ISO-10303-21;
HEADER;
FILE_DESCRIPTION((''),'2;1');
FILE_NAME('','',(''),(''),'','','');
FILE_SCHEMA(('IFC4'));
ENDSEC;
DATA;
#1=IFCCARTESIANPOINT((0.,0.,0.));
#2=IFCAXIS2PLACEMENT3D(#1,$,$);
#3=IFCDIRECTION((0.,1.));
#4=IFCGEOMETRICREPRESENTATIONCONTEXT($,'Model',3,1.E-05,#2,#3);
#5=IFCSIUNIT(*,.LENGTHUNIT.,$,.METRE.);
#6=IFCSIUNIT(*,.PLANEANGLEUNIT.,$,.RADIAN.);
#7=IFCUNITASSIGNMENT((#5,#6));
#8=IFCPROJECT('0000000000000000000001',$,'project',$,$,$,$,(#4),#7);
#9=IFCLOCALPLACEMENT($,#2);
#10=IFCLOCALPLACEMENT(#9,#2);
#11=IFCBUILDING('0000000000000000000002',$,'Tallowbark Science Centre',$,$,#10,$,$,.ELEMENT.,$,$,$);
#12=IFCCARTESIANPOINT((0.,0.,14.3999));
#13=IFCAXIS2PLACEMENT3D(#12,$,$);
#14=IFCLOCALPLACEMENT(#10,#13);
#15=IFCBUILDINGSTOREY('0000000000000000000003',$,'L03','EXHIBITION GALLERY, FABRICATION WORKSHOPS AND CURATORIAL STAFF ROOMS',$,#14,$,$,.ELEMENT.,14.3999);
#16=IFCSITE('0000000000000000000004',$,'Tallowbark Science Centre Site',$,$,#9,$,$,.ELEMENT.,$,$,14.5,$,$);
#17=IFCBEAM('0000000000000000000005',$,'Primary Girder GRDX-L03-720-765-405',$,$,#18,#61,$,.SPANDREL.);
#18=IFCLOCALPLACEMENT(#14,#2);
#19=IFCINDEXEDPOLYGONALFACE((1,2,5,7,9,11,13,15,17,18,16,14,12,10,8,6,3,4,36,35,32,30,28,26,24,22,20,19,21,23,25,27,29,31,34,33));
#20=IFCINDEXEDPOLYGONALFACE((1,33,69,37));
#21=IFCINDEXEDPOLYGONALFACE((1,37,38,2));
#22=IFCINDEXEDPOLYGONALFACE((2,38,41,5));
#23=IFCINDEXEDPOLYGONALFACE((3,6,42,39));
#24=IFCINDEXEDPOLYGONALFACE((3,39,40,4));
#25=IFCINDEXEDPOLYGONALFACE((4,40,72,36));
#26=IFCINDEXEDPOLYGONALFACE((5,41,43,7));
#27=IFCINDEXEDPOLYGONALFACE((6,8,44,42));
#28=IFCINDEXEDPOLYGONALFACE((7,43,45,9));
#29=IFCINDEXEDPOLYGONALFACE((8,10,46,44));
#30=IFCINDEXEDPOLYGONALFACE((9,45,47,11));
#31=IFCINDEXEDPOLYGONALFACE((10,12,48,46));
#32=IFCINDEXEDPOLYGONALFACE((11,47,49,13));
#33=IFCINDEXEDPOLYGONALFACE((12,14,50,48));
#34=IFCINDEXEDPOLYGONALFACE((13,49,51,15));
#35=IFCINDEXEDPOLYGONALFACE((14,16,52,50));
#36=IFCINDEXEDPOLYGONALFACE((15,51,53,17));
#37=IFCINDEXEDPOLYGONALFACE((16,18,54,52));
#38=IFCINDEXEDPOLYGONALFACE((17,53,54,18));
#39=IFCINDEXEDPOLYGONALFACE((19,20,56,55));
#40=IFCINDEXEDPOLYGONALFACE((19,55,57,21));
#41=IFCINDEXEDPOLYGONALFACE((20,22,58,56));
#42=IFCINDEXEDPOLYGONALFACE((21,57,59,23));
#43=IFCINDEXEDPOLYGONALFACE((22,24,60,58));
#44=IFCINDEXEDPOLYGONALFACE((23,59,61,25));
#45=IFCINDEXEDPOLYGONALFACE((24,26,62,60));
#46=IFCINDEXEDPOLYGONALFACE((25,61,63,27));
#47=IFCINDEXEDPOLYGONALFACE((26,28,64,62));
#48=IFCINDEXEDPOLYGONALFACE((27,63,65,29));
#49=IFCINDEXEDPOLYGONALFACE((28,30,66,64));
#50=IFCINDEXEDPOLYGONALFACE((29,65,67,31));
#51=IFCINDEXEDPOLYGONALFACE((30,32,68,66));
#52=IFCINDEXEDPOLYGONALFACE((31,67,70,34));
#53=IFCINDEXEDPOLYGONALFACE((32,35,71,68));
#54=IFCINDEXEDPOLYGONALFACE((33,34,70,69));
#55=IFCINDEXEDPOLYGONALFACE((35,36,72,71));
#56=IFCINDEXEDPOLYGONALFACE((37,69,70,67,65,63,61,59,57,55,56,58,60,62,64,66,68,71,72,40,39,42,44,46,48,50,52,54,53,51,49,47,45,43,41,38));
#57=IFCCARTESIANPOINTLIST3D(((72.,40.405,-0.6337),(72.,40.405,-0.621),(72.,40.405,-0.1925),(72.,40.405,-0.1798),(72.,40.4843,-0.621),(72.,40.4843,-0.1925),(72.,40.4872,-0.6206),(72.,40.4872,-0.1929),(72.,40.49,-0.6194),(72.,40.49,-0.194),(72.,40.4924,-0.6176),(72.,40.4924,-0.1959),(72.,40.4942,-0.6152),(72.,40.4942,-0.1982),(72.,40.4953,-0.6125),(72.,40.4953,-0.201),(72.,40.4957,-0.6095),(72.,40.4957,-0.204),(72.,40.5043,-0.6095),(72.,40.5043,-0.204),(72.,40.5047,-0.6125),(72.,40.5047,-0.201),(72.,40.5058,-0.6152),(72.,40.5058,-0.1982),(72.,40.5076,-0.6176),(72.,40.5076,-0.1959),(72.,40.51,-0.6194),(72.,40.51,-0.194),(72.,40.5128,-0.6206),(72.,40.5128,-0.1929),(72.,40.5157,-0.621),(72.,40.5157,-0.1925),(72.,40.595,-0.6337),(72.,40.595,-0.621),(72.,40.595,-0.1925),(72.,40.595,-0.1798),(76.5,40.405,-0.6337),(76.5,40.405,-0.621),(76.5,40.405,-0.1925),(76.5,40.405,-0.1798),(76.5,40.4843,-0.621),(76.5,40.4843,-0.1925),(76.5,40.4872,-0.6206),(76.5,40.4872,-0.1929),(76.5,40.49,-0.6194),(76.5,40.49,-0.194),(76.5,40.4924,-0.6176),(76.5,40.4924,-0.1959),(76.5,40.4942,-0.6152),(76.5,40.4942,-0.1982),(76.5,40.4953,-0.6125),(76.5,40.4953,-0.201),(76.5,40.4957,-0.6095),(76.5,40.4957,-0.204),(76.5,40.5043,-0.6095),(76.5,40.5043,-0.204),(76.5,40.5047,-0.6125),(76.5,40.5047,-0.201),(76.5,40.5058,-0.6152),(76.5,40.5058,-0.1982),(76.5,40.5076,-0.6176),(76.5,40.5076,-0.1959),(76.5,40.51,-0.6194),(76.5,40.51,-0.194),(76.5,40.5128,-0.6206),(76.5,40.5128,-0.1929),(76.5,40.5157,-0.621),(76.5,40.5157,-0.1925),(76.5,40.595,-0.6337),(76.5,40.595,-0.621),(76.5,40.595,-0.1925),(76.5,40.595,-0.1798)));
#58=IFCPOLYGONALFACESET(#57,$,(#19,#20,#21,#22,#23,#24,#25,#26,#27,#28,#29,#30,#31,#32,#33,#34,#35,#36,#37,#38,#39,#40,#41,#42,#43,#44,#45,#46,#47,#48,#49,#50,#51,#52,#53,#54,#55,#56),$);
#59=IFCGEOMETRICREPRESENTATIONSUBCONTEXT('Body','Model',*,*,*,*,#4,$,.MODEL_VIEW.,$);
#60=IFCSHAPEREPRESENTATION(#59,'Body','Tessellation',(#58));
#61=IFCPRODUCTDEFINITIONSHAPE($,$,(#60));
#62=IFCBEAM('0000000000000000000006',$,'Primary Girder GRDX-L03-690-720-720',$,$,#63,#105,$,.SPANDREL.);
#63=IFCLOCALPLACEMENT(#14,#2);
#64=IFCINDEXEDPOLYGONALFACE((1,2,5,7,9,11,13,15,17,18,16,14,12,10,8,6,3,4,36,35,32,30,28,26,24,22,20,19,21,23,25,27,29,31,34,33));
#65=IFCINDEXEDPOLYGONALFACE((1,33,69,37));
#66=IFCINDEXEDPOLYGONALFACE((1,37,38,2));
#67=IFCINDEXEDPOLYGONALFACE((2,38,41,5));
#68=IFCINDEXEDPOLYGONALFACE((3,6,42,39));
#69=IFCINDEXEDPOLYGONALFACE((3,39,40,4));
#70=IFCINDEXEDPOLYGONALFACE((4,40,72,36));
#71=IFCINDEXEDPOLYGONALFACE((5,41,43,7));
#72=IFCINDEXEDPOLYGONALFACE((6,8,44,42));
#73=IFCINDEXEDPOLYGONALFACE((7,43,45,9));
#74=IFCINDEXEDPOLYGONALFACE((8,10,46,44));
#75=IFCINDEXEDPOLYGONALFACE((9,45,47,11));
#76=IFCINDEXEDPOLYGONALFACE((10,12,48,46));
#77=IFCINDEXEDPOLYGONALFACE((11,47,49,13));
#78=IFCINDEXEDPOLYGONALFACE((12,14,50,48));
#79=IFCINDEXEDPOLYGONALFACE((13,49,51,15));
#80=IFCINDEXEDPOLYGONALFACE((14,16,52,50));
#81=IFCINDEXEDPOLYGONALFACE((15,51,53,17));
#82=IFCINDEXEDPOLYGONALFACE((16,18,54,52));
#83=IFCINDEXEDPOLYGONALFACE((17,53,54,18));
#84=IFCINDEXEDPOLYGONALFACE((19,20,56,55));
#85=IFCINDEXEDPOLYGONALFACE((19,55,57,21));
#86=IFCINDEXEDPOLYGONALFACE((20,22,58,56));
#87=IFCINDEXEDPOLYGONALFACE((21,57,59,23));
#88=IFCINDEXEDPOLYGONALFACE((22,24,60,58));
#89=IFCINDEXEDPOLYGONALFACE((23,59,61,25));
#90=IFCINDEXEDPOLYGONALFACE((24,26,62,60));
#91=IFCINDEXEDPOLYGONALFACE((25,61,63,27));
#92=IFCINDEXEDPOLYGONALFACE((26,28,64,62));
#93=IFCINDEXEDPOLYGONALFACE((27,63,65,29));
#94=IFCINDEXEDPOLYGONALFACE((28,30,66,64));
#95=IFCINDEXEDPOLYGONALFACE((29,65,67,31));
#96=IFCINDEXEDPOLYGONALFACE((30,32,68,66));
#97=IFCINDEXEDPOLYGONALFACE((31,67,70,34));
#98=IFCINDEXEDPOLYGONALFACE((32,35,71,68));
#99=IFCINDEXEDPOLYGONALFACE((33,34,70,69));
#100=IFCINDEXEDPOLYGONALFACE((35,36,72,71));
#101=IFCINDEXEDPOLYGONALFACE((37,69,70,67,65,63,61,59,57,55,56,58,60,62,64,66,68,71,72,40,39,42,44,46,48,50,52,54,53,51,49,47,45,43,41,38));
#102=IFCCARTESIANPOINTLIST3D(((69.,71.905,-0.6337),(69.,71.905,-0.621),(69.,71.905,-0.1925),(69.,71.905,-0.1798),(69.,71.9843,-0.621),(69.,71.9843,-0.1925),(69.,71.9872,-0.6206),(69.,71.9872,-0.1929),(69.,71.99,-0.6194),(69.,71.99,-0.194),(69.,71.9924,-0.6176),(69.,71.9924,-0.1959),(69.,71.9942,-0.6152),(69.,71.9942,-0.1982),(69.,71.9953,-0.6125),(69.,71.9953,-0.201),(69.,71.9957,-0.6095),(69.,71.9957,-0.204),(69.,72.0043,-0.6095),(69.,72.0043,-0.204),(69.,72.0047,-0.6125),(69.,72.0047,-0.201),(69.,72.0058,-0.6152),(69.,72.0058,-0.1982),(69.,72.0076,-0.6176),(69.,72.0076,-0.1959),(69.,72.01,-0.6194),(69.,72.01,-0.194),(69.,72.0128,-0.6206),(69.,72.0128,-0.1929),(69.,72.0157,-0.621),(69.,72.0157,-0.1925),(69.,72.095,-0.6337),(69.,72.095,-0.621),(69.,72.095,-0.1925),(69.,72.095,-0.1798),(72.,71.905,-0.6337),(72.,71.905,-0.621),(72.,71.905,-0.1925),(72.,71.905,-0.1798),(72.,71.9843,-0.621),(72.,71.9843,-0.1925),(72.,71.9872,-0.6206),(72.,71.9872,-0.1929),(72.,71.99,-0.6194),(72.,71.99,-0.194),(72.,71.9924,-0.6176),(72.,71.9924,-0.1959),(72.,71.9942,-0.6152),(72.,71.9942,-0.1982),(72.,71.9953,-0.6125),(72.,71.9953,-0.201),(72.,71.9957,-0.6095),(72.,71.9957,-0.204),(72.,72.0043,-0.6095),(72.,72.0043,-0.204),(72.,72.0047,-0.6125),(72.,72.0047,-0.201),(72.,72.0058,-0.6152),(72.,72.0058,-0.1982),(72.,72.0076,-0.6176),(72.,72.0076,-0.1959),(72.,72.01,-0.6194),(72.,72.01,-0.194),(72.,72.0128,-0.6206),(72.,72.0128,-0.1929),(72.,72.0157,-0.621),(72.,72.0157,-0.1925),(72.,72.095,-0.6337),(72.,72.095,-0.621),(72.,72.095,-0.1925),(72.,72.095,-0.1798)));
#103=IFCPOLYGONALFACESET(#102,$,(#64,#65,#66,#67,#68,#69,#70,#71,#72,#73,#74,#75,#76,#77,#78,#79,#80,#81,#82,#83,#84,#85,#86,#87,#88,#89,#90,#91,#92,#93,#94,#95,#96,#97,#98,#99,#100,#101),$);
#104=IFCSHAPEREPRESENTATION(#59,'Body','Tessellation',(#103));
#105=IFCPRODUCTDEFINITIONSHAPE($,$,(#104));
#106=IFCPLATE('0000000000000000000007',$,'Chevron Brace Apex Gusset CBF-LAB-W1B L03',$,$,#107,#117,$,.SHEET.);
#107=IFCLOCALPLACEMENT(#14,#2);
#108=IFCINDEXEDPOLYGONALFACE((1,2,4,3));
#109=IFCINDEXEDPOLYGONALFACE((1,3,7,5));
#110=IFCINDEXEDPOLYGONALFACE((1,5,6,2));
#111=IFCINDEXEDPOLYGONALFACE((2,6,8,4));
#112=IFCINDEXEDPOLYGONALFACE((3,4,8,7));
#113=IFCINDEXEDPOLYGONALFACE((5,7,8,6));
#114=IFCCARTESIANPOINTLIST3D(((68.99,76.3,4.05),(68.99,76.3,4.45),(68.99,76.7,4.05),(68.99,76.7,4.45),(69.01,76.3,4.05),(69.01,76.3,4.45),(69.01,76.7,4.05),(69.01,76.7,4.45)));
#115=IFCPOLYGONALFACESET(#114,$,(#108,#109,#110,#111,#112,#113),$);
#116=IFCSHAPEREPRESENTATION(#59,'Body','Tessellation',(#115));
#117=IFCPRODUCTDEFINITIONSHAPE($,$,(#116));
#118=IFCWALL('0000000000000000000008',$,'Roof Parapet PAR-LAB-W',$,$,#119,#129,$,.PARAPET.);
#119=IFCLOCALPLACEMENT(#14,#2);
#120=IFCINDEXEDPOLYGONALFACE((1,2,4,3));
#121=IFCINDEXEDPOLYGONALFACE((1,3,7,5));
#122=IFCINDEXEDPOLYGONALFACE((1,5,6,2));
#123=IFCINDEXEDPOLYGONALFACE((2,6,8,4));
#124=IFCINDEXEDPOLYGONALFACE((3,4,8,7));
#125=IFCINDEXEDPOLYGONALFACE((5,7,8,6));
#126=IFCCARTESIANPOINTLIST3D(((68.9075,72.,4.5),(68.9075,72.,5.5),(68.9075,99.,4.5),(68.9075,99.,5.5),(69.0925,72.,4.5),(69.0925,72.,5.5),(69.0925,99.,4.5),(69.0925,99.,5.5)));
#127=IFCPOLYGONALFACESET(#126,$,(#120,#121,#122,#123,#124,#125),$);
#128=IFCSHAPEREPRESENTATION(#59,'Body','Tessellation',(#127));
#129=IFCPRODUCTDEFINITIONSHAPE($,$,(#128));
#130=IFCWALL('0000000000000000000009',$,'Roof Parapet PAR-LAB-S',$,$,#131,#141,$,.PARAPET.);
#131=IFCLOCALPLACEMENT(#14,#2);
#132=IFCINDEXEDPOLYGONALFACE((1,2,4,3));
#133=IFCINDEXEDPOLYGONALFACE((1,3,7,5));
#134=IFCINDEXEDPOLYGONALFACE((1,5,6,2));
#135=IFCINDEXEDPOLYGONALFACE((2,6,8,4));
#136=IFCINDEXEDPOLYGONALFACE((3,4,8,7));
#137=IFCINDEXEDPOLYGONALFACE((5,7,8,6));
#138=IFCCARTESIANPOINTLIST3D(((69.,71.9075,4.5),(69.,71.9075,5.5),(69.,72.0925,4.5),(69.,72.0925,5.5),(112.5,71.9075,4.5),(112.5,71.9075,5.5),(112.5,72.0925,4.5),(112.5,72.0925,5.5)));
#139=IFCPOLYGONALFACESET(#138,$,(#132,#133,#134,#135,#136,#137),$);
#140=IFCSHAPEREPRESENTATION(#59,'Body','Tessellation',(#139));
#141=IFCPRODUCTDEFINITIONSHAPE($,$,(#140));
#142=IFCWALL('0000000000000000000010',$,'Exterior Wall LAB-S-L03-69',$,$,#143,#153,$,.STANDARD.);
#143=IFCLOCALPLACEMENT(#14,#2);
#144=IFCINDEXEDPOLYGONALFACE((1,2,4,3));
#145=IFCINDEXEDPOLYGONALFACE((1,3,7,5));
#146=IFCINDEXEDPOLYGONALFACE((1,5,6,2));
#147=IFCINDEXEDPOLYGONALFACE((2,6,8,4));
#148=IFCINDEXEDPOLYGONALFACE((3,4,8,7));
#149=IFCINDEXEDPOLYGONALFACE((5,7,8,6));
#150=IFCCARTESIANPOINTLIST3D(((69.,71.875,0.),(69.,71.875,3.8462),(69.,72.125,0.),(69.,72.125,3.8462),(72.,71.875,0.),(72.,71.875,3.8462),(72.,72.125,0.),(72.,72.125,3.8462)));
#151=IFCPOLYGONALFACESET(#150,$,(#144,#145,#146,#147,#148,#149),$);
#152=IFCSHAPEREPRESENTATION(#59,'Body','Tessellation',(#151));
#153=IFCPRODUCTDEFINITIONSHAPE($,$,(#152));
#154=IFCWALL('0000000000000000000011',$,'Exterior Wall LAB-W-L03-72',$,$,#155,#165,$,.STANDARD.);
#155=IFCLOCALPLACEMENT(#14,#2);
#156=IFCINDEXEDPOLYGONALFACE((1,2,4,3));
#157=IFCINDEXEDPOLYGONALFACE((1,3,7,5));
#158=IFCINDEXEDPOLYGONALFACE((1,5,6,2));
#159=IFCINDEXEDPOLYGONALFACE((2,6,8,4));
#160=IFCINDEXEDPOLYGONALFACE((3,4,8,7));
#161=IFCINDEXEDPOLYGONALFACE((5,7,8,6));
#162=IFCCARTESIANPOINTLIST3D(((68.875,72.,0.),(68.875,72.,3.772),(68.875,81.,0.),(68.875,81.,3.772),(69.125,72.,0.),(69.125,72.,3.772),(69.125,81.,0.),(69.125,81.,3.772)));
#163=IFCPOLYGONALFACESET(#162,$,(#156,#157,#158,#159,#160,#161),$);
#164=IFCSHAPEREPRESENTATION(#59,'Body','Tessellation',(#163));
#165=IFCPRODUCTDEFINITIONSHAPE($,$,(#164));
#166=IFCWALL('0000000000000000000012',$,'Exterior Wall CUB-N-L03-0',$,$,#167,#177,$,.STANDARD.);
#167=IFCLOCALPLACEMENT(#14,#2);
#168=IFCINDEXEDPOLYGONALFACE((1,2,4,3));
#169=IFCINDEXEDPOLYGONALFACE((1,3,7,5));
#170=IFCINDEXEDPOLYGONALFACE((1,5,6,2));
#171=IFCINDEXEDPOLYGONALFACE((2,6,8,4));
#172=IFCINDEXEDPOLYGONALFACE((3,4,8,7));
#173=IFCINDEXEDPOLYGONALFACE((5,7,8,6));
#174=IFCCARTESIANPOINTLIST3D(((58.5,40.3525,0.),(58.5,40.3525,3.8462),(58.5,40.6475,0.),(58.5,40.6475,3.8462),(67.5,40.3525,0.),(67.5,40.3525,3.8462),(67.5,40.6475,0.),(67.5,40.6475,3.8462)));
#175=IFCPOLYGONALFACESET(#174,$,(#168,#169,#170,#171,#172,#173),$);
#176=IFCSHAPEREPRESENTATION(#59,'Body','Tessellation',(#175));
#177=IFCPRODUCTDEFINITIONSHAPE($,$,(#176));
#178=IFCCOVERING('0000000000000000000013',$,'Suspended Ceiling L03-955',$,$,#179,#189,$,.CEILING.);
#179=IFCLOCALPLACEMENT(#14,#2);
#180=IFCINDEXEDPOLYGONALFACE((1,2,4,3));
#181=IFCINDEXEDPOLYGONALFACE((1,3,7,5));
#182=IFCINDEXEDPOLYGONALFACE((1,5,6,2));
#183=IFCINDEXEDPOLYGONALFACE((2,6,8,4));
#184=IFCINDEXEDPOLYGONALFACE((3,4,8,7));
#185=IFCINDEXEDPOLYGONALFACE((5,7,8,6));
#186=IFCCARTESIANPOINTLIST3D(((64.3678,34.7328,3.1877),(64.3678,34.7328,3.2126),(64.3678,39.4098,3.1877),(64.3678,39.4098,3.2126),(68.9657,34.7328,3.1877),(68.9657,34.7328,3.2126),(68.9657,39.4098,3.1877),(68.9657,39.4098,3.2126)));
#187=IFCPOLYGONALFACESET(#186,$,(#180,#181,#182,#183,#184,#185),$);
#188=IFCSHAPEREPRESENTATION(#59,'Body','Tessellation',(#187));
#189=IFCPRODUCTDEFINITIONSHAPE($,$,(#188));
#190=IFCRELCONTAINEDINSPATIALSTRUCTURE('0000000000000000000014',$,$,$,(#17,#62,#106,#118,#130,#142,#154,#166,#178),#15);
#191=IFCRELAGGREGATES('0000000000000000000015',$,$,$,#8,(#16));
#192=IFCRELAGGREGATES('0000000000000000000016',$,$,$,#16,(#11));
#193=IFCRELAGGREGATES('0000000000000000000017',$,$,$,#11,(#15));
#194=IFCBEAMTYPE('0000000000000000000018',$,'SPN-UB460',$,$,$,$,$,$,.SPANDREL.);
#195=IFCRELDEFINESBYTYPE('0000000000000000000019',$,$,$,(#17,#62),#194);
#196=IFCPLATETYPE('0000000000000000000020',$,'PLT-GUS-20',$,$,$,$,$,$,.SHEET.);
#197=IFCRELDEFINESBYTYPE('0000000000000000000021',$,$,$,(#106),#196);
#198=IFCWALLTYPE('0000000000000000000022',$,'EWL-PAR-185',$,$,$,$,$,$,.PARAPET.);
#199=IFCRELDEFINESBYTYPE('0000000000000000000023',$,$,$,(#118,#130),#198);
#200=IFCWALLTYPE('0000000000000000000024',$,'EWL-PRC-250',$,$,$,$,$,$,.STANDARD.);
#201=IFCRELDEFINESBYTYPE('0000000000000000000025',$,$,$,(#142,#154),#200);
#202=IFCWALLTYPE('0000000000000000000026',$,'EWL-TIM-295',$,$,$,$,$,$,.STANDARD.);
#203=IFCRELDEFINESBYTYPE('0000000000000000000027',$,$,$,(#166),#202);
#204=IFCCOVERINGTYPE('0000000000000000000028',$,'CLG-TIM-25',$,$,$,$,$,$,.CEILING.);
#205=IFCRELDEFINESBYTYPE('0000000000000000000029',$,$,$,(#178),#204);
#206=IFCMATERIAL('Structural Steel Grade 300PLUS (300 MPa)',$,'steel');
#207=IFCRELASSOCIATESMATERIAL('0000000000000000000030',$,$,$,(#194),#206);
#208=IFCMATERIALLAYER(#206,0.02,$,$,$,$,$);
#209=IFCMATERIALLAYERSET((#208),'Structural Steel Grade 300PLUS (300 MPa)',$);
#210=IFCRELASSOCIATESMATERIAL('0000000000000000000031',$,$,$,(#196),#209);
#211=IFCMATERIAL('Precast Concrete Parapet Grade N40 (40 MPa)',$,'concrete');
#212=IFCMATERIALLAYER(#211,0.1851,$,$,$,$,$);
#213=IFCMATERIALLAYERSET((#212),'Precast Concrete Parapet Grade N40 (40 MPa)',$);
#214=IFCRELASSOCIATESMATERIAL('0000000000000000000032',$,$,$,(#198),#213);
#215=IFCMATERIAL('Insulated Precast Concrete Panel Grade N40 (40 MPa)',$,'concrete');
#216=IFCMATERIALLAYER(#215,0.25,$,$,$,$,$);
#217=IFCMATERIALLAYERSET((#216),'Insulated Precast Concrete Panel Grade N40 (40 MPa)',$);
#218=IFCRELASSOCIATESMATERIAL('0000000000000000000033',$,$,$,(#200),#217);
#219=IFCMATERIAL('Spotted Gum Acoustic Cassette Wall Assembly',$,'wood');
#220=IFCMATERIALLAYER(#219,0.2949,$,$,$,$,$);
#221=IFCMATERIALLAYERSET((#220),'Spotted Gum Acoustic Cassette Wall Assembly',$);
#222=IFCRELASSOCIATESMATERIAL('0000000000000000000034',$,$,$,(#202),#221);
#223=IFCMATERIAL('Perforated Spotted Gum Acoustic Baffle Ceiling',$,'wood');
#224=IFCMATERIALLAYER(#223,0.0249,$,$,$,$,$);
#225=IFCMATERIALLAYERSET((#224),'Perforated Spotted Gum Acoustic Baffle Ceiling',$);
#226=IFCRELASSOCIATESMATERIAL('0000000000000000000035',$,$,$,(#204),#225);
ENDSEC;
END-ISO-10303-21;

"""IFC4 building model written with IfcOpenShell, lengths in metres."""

from ifc_helpers import new_model, si_unit, direction, frame, frame_2d, origin, origin_2d, place, context, subcontext, project, spatial, rectangle, i_section, extrude, material, layer, layer_set, material_profile, profile_set, type_object, element, save


model = new_model("IFC4")

# Units and contexts
model_context = context("Model", 3, precision=1e-05, world=origin(), true_north=direction((0.0, 1.0)))
body_context = subcontext(model_context, "Body", "Model", "MODEL_VIEW")
ifc_project = project(units=[si_unit("LENGTHUNIT", "METRE"), si_unit("PLANEANGLEUNIT", "RADIAN")], contexts=[model_context])

# Site, building, storey
site_placement = place(None, origin())
site = spatial("IfcSite", under=ifc_project, at=site_placement, Name="Tallowbark Science Centre Site", CompositionType="ELEMENT", RefElevation=14.5)
building_placement = place(site_placement, origin())
building = spatial("IfcBuilding", under=site, at=building_placement, Name="Tallowbark Science Centre", CompositionType="ELEMENT")
storey_placement = place(building_placement, frame((0.0, 0.0, 14.3999)))
storey = spatial("IfcBuildingStorey", under=building, at=storey_placement, Name="L03", Description="EXHIBITION GALLERY, FABRICATION WORKSHOPS AND CURATORIAL STAFF ROOMS", CompositionType="ELEMENT", Elevation=14.3999)

# Shared definitions
ifc_material_1 = material(Name="Structural Steel Grade 300PLUS (300 MPa)", Category="steel")

# Beams
ifc_material_profile_1 = material_profile(ifc_material_1, i_section(OverallWidth=0.1899, OverallDepth=0.4539, WebThickness=0.0085, FlangeThickness=0.0127, FilletRadius=0.0115, at=origin_2d()), Name="460UB67.1")
ifc_profile_set_1 = profile_set([ifc_material_profile_1], Name="Structural Steel Grade 300PLUS (300 MPa)")
beam_type_1 = type_object("IfcBeamType", Name="SPN-UB460", PredefinedType="SPANDREL", material=ifc_profile_set_1)
for number, where, z_axis, x_axis, name in (
    (1, (72.0, 40.5, -0.4067), (1.0, 0.0, 0.0), (0.0, 1.0, 0.0), "Primary Girder GRDX-L03-720-765-405"),
):
    element("IfcBeam", number, at=place(storey_placement, frame(where, z_axis=z_axis, x_axis=x_axis)), inside=storey, type_object=beam_type_1, Name=name, PredefinedType="SPANDREL", context=body_context, shape_type="SweptSolid", body=[
        extrude(i_section(OverallWidth=0.1899, OverallDepth=0.4539, WebThickness=0.0085, FlangeThickness=0.0127, FilletRadius=0.0115, at=origin_2d()), origin(), (0.0, 0.0, 1.0), 4.5),
    ])
beam_1_placement = place(storey_placement, frame((69.0, 72.0, -0.4067), z_axis=(1.0, 0.0, 0.0), x_axis=(0.0, 1.0, 0.0)))
element("IfcBeam", 2, at=beam_1_placement, inside=storey, type_object=beam_type_1, Name="Primary Girder GRDX-L03-690-720-720", PredefinedType="SPANDREL", context=body_context, shape_type="SweptSolid", body=[
    extrude(i_section(OverallWidth=0.1899, OverallDepth=0.4539, WebThickness=0.0085, FlangeThickness=0.0127, FilletRadius=0.0115, at=origin_2d()), origin(), (0.0, 0.0, 1.0), 3.0),
])

# Plate
ifc_layer_1 = layer(ifc_material_1, 0.02)
ifc_layer_set_1 = layer_set([ifc_layer_1], Name="Structural Steel Grade 300PLUS (300 MPa)")
plate_type = type_object("IfcPlateType", Name="PLT-GUS-20", PredefinedType="SHEET", material=ifc_layer_set_1)
plate_placement = place(storey_placement, frame((69.0, 76.5, 4.05), z_axis=(0.0, 0.0, 1.0), x_axis=(0.0, 1.0, 0.0)))
element("IfcPlate", 3, at=plate_placement, inside=storey, type_object=plate_type, Name="Chevron Brace Apex Gusset CBF-LAB-W1B L03", PredefinedType="SHEET", context=body_context, shape_type="SweptSolid", body=[
    extrude(rectangle(XDim=0.3999, YDim=0.02, at=origin_2d()), origin(), (0.0, 0.0, 1.0), 0.3999),
])

# Walls
ifc_material_2 = material(Name="Precast Concrete Parapet Grade N40 (40 MPa)", Category="concrete")
ifc_layer_2 = layer(ifc_material_2, 0.1851)
ifc_layer_set_2 = layer_set([ifc_layer_2], Name="Precast Concrete Parapet Grade N40 (40 MPa)")
wall_type_1 = type_object("IfcWallType", Name="EWL-PAR-185", PredefinedType="PARAPET", material=ifc_layer_set_2)
wall_1_placement = place(storey_placement, frame((69.0, 72.0, 4.5), z_axis=(0.0, 0.0, 1.0), x_axis=(0.0, 1.0, 0.0)))
element("IfcWall", 4, at=wall_1_placement, inside=storey, type_object=wall_type_1, Name="Roof Parapet PAR-LAB-W", PredefinedType="PARAPET", context=body_context, shape_type="SweptSolid", body=[
    extrude(rectangle(XDim=27.0, YDim=0.1851, at=frame_2d((13.5, 0.0))), origin(), (0.0, 0.0, 1.0), 1.0),
])
wall_2_placement = place(storey_placement, frame((69.0, 72.0, 4.5), z_axis=(0.0, 0.0, 1.0), x_axis=(1.0, 0.0, 0.0)))
element("IfcWall", 5, at=wall_2_placement, inside=storey, type_object=wall_type_1, Name="Roof Parapet PAR-LAB-S", PredefinedType="PARAPET", context=body_context, shape_type="SweptSolid", body=[
    extrude(rectangle(XDim=43.5, YDim=0.1851, at=frame_2d((21.75, 0.0))), origin(), (0.0, 0.0, 1.0), 1.0),
])
ifc_material_3 = material(Name="Insulated Precast Concrete Panel Grade N40 (40 MPa)", Category="concrete")
ifc_layer_3 = layer(ifc_material_3, 0.25)
ifc_layer_set_3 = layer_set([ifc_layer_3], Name="Insulated Precast Concrete Panel Grade N40 (40 MPa)")
wall_type_2 = type_object("IfcWallType", Name="EWL-PRC-250", PredefinedType="STANDARD", material=ifc_layer_set_3)
wall_3_placement = place(storey_placement, frame((69.0, 72.0, 0.0), z_axis=(0.0, 0.0, 1.0), x_axis=(1.0, 0.0, 0.0)))
element("IfcWall", 6, at=wall_3_placement, inside=storey, type_object=wall_type_2, Name="Exterior Wall LAB-S-L03-69", PredefinedType="STANDARD", context=body_context, shape_type="SweptSolid", body=[
    extrude(rectangle(XDim=3.0, YDim=0.25, at=frame_2d((1.5, 0.0))), origin(), (0.0, 0.0, 1.0), 3.8462),
])
wall_4_placement = place(storey_placement, frame((69.0, 81.0, 0.0), z_axis=(0.0, 0.0, 1.0), x_axis=(0.0, -1.0, 0.0)))
element("IfcWall", 7, at=wall_4_placement, inside=storey, type_object=wall_type_2, Name="Exterior Wall LAB-W-L03-72", PredefinedType="STANDARD", context=body_context, shape_type="SweptSolid", body=[
    extrude(rectangle(XDim=9.0, YDim=0.25, at=frame_2d((4.5, 0.0))), origin(), (0.0, 0.0, 1.0), 3.772),
])
ifc_material_4 = material(Name="Spotted Gum Acoustic Cassette Wall Assembly", Category="wood")
ifc_layer_4 = layer(ifc_material_4, 0.2949)
ifc_layer_set_4 = layer_set([ifc_layer_4], Name="Spotted Gum Acoustic Cassette Wall Assembly")
wall_type_3 = type_object("IfcWallType", Name="EWL-TIM-295", PredefinedType="STANDARD", material=ifc_layer_set_4)
wall_5_placement = place(storey_placement, frame((67.5, 40.5, 0.0), z_axis=(0.0, 0.0, 1.0), x_axis=(-1.0, 0.0, 0.0)))
element("IfcWall", 8, at=wall_5_placement, inside=storey, type_object=wall_type_3, Name="Exterior Wall CUB-N-L03-0", PredefinedType="STANDARD", context=body_context, shape_type="SweptSolid", body=[
    extrude(rectangle(XDim=9.0, YDim=0.2949, at=frame_2d((4.5, 0.0))), origin(), (0.0, 0.0, 1.0), 3.8462),
])

# Covering
ifc_material_5 = material(Name="Perforated Spotted Gum Acoustic Baffle Ceiling", Category="wood")
ifc_layer_5 = layer(ifc_material_5, 0.0249)
ifc_layer_set_5 = layer_set([ifc_layer_5], Name="Perforated Spotted Gum Acoustic Baffle Ceiling")
covering_type_1 = type_object("IfcCoveringType", Name="CLG-TIM-25", PredefinedType="CEILING", material=ifc_layer_set_5)
for number, where, z_axis, x_axis, name in (
    (9, (66.6667, 37.0713, 3.1877), (0.0, 0.0, 1.0), (1.0, 0.0, 0.0), "Suspended Ceiling L03-955"),
):
    element("IfcCovering", number, at=place(storey_placement, frame(where, z_axis=z_axis, x_axis=x_axis)), inside=storey, type_object=covering_type_1, Name=name, PredefinedType="CEILING", context=body_context, shape_type="SweptSolid", body=[
        extrude(rectangle(XDim=4.5979, YDim=4.677, at=origin_2d()), origin(), (0.0, 0.0, 1.0), 0.0249),
    ])

save(model, "model.ifc")
